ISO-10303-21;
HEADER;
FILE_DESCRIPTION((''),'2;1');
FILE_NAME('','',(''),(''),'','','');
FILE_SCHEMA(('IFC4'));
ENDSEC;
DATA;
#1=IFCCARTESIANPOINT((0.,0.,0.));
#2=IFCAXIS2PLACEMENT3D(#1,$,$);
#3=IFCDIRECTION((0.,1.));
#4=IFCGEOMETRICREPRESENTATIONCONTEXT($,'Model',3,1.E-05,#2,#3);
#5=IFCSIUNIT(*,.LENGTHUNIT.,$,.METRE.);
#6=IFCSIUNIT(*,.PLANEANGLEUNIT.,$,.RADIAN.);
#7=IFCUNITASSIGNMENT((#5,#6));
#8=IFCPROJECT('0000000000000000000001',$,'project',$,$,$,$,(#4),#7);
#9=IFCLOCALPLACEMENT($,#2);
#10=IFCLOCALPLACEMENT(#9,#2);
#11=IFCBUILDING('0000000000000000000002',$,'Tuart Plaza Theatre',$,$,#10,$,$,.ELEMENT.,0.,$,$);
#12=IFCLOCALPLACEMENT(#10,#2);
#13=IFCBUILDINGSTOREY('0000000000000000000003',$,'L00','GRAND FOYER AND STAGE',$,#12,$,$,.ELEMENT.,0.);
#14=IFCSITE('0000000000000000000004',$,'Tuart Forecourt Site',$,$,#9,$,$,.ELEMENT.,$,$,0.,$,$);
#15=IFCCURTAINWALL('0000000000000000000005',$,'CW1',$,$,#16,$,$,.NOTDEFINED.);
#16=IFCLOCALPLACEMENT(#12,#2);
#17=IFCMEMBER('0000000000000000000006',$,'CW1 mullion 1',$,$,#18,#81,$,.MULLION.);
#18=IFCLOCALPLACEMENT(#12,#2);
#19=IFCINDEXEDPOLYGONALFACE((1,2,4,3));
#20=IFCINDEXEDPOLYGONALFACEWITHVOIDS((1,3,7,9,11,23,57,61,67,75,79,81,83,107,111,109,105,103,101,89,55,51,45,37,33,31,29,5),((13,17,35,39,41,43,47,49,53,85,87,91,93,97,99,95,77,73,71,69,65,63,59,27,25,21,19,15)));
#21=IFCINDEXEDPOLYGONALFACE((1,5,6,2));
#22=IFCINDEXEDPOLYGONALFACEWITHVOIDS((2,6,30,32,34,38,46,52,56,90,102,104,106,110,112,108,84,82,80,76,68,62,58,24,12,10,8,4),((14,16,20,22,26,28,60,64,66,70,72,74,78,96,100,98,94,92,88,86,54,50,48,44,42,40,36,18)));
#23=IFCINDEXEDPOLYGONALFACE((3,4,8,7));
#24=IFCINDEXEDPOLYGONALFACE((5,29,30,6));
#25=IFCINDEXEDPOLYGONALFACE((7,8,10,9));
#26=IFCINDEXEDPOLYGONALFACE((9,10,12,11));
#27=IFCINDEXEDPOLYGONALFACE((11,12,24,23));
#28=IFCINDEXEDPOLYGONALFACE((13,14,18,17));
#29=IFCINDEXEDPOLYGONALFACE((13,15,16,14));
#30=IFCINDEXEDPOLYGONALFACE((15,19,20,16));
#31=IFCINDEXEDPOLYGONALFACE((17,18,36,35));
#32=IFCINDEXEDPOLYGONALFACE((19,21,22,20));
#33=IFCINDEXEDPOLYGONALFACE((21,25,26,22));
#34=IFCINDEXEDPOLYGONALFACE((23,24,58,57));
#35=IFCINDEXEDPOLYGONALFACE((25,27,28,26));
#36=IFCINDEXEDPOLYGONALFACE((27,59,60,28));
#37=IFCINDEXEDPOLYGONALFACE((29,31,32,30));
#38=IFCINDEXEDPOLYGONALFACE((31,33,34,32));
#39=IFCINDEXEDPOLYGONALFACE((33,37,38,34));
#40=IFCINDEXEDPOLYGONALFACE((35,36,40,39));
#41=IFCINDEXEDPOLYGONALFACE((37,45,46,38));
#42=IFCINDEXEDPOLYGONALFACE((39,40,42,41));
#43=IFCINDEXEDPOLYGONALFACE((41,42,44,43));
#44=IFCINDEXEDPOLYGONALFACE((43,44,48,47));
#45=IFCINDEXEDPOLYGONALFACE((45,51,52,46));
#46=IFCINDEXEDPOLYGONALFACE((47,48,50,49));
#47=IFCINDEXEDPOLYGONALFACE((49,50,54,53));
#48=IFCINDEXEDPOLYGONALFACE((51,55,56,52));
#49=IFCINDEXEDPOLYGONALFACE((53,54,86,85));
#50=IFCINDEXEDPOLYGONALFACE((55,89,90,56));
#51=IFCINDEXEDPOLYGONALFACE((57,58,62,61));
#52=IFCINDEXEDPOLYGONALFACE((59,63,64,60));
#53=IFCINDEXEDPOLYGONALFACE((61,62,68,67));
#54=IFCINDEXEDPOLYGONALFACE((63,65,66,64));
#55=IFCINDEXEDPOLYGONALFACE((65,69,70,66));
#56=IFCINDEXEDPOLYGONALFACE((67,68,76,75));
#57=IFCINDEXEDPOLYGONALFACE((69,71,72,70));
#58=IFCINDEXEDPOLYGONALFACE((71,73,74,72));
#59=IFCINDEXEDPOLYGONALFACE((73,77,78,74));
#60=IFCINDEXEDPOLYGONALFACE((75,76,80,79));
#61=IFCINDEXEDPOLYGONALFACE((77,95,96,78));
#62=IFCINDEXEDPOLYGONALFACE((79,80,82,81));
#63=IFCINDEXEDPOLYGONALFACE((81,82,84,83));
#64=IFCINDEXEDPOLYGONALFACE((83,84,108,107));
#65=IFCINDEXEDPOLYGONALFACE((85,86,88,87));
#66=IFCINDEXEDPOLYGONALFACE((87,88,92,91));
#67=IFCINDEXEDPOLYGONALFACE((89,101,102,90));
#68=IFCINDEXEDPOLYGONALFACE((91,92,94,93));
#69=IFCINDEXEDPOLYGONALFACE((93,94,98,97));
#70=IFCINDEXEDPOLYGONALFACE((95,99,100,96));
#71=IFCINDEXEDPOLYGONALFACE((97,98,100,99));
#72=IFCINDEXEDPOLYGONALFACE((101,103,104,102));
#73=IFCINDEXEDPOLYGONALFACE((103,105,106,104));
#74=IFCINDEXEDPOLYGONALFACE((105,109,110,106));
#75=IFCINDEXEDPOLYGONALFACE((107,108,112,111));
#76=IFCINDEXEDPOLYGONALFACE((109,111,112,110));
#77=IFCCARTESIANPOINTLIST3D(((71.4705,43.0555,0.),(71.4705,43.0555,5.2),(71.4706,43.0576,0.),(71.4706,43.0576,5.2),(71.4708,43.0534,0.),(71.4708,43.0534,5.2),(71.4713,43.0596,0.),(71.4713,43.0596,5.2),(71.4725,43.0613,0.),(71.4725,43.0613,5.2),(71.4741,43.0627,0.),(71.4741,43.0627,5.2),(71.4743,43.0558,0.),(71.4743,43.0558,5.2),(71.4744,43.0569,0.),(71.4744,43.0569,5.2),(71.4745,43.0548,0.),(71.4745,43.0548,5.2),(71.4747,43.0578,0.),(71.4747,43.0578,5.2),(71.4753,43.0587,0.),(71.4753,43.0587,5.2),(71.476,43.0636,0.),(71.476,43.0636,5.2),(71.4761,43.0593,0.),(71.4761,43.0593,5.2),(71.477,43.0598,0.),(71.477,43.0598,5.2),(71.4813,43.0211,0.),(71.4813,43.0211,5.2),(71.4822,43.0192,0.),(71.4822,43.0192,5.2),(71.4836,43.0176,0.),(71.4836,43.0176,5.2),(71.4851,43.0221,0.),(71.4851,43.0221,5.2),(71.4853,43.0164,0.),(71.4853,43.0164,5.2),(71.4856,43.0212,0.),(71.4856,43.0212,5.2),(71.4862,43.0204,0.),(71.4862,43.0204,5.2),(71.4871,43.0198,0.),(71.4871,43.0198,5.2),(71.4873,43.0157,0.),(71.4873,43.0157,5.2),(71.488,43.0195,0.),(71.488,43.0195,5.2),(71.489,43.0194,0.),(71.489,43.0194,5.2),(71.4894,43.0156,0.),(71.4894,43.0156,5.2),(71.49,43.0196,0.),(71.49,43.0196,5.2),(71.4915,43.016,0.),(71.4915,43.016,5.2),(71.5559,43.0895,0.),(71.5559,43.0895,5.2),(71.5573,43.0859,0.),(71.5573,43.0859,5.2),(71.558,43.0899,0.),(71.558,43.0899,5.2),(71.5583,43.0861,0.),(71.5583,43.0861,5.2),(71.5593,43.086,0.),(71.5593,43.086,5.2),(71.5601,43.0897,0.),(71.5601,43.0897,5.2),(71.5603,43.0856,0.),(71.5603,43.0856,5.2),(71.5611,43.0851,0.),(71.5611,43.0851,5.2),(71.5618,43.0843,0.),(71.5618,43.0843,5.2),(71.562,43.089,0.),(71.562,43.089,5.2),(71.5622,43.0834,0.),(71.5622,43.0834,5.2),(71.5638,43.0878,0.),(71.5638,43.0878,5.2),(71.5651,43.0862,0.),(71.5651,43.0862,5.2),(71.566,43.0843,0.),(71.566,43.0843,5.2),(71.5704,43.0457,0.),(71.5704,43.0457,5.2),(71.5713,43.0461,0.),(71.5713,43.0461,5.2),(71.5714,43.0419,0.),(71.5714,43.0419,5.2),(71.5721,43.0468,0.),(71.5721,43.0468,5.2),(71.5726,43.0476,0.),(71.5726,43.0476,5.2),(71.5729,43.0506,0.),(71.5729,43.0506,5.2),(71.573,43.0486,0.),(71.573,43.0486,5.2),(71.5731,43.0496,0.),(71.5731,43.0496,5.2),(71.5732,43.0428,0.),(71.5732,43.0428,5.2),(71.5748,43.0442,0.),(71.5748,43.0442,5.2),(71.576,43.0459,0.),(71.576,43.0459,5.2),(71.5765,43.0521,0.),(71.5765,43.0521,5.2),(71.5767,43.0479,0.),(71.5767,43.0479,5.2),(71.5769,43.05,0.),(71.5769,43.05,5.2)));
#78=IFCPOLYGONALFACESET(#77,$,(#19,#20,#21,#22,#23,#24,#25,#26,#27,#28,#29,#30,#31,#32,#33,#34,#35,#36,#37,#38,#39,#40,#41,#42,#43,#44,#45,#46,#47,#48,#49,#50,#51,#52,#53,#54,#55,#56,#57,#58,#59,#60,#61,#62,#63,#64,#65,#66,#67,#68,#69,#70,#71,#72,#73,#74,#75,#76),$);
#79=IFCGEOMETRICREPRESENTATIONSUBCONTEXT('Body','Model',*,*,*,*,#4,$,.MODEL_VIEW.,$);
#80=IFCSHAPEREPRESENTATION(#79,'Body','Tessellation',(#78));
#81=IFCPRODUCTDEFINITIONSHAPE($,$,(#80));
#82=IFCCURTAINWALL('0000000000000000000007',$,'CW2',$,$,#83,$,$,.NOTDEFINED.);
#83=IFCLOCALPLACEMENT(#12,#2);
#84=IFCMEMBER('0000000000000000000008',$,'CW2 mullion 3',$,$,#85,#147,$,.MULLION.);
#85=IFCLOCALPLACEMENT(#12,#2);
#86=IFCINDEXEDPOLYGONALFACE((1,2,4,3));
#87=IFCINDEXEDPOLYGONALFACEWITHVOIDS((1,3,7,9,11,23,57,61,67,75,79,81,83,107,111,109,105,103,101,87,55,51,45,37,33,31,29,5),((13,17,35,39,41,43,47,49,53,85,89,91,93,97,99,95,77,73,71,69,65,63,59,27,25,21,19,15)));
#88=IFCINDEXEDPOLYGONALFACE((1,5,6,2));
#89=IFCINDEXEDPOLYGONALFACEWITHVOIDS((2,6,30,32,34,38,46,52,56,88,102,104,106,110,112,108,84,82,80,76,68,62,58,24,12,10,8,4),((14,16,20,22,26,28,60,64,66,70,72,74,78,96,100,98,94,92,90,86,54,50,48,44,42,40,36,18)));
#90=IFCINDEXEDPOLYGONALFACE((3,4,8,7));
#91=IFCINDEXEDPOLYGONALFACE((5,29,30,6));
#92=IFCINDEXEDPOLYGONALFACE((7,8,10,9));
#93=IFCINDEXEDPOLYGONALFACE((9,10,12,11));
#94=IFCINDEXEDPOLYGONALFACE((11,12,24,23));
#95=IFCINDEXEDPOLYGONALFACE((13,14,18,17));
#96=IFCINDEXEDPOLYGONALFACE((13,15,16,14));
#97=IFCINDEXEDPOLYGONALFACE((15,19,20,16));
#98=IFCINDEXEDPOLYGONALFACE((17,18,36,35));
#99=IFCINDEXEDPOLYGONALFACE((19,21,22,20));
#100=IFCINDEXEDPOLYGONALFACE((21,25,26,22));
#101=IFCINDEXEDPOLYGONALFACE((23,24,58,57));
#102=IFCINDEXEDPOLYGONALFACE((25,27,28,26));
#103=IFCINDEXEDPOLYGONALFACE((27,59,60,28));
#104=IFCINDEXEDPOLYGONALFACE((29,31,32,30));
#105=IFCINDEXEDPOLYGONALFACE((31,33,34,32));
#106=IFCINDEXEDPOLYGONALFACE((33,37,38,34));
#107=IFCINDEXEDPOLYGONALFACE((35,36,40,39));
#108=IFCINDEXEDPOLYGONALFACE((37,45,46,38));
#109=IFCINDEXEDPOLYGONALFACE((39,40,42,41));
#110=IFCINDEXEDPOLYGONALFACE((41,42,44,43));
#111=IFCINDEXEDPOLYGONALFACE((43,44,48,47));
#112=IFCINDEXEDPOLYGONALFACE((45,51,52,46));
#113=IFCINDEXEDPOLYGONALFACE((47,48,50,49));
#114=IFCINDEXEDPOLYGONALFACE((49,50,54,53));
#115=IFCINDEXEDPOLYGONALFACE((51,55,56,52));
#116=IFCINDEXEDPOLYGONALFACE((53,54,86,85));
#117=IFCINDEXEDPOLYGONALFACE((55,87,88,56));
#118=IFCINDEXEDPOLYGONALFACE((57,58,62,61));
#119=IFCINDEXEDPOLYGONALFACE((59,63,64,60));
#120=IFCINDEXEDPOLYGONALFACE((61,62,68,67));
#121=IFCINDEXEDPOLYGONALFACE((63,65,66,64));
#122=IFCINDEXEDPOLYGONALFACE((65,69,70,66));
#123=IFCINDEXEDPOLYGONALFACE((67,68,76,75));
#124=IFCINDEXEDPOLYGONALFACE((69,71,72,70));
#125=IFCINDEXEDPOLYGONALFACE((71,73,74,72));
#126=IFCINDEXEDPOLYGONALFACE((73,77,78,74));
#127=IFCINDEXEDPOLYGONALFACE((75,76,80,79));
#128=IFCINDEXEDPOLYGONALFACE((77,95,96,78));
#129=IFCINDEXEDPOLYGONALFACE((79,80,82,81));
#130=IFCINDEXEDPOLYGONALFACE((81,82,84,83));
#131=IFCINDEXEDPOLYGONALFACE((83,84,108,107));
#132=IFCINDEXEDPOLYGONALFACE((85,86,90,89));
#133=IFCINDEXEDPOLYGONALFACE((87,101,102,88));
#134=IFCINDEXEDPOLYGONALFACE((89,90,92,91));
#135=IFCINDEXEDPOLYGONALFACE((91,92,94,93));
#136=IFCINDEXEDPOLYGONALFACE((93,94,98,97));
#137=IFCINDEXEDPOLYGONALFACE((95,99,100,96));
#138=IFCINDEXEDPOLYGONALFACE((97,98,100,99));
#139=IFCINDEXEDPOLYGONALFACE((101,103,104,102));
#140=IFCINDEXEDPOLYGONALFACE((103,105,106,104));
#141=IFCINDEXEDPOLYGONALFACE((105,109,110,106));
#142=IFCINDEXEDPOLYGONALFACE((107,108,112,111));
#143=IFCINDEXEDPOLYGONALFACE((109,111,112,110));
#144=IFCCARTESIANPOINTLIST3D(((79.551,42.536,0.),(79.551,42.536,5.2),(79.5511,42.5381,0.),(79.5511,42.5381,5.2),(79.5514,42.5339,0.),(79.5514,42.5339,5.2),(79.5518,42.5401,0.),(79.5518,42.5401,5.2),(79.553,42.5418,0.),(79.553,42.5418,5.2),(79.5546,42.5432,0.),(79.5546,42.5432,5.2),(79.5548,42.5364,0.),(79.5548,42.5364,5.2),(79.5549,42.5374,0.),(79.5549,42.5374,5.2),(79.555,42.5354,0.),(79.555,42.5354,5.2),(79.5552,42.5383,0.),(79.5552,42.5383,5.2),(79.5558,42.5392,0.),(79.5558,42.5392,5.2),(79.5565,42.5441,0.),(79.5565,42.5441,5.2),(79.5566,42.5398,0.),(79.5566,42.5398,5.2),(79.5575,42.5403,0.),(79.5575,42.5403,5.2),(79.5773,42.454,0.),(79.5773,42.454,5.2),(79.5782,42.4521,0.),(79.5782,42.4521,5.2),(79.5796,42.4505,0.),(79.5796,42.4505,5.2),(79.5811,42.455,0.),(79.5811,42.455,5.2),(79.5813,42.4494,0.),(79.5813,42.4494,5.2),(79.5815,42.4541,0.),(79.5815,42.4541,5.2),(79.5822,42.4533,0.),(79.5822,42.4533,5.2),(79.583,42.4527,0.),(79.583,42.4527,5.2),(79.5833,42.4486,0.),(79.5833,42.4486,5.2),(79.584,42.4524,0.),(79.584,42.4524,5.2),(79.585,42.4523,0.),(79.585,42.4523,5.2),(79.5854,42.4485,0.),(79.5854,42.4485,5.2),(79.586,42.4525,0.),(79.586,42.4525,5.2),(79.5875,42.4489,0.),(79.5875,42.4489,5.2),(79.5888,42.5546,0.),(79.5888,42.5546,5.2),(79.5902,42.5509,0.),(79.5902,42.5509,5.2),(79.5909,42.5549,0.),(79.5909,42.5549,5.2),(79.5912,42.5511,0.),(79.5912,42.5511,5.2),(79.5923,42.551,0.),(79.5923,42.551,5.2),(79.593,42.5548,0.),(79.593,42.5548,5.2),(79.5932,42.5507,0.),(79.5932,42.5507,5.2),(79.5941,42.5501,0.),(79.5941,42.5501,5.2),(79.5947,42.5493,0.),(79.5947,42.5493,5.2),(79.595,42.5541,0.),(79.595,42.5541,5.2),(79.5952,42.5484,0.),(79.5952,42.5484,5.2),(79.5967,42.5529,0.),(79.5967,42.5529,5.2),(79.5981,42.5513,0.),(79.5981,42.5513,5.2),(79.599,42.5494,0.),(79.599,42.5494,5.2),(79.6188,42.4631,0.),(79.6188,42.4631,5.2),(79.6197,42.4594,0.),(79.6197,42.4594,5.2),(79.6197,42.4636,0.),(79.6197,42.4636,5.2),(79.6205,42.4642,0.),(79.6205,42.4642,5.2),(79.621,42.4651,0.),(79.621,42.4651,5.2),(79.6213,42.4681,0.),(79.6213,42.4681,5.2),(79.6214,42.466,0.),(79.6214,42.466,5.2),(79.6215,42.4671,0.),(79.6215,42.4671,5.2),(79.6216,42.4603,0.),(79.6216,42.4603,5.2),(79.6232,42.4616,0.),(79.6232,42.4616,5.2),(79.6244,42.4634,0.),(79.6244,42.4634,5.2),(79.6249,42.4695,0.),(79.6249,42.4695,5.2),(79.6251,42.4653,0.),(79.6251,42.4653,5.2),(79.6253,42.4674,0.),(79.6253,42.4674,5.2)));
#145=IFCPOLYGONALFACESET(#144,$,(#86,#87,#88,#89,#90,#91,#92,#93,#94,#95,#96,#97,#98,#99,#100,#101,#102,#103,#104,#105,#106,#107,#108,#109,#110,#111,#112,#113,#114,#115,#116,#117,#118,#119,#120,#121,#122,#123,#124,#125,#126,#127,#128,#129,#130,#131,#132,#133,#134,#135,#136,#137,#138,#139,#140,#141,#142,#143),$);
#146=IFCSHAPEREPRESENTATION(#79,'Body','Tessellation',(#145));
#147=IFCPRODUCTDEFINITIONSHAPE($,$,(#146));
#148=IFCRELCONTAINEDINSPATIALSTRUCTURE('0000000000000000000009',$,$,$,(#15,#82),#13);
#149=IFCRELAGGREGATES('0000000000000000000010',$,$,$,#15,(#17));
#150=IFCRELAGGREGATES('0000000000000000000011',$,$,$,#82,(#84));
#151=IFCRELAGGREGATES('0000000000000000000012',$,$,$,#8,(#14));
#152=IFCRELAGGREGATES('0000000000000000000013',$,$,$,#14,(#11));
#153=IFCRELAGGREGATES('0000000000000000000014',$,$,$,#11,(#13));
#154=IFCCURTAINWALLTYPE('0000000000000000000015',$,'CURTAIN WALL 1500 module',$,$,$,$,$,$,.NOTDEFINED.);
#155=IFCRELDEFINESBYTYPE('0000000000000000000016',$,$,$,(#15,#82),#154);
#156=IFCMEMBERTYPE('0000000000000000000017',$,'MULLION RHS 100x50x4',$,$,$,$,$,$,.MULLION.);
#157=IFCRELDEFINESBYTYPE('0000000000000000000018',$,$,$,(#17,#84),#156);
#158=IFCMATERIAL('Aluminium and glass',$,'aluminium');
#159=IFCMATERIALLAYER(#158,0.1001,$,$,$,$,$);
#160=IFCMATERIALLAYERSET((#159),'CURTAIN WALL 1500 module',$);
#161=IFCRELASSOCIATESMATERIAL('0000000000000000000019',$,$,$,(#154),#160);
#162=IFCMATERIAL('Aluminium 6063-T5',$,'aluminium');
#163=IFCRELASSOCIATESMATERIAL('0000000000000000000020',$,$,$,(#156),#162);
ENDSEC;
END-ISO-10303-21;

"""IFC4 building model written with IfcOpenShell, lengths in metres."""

from ifc_helpers import new_model, si_unit, direction, frame, origin, origin_2d, place, context, subcontext, project, spatial, hollow_rectangle, extrude, material, layer, layer_set, material_profile, profile_set, type_object, element, aggregate, save


model = new_model("IFC4")

# Units and contexts
model_context = context("Model", 3, precision=1e-05, world=origin(), true_north=direction((0.0, 1.0)))
body_context = subcontext(model_context, "Body", "Model", "MODEL_VIEW")
ifc_project = project(units=[si_unit("LENGTHUNIT", "METRE"), si_unit("PLANEANGLEUNIT", "RADIAN")], contexts=[model_context])

# Site, building, storey
site_placement = place(None, origin())
site = spatial("IfcSite", under=ifc_project, at=site_placement, Name="Tuart Forecourt Site", CompositionType="ELEMENT", RefElevation=0.0)
building_placement = place(site_placement, origin())
building = spatial("IfcBuilding", under=site, at=building_placement, Name="Tuart Plaza Theatre", CompositionType="ELEMENT", ElevationOfRefHeight=0.0)
storey_placement = place(building_placement, origin())
storey = spatial("IfcBuildingStorey", under=building, at=storey_placement, Name="L00", Description="GRAND FOYER AND STAGE", CompositionType="ELEMENT", Elevation=0.0)

# Curtain walls, members
ifc_material_1 = material(Name="Aluminium and glass", Category="aluminium")
ifc_layer_1 = layer(ifc_material_1, 0.1001)
ifc_layer_set_1 = layer_set([ifc_layer_1], Name="CURTAIN WALL 1500 module")
curtain_wall_type = type_object("IfcCurtainWallType", Name="CURTAIN WALL 1500 module", PredefinedType="NOTDEFINED", material=ifc_layer_set_1)
curtain_wall_1_placement = place(storey_placement, origin())
curtain_wall_1 = element("IfcCurtainWall", 1, at=curtain_wall_1_placement, inside=storey, type_object=curtain_wall_type, Name="CW1", PredefinedType="NOTDEFINED")
ifc_material_2 = material(Name="Aluminium 6063-T5", Category="aluminium")
ifc_material_profile_1 = material_profile(ifc_material_2, hollow_rectangle(XDim=0.05, YDim=0.1001, WallThickness=0.0039, InnerFilletRadius=0.0039, OuterFilletRadius=0.0081, at=origin_2d()), Name="RHS 100x50x4")
ifc_profile_set_1 = profile_set([ifc_material_profile_1], Name="Aluminium 6063-T5")
member_type_1 = type_object("IfcMemberType", Name="MULLION RHS 100x50x4", PredefinedType="MULLION", material=ifc_profile_set_1)
member_1_placement = place(storey_placement, frame((71.5237, 43.0527, 0.0), z_axis=(0.0, 0.0, 1.0), x_axis=(-0.308986, 0.951067, 0.0)))
member_1 = element("IfcMember", 2, at=member_1_placement, type_object=member_type_1, Name="CW1 mullion 1", PredefinedType="MULLION", context=body_context, shape_type="SweptSolid", body=[
    extrude(hollow_rectangle(XDim=0.05, YDim=0.1001, WallThickness=0.0039, InnerFilletRadius=0.0039, OuterFilletRadius=0.0081, at=origin_2d()), origin(), (0.0, 0.0, 1.0), 5.2),
])
curtain_wall_2_placement = place(storey_placement, origin())
curtain_wall_2 = element("IfcCurtainWall", 3, at=curtain_wall_2_placement, inside=storey, type_object=curtain_wall_type, Name="CW2", PredefinedType="NOTDEFINED")
member_2_placement = place(storey_placement, frame((79.5881, 42.5017, 0.0), z_axis=(0.0, 0.0, 1.0), x_axis=(0.951056, 0.309018, 0.0)))
member_2 = element("IfcMember", 4, at=member_2_placement, type_object=member_type_1, Name="CW2 mullion 3", PredefinedType="MULLION", context=body_context, shape_type="SweptSolid", body=[
    extrude(hollow_rectangle(XDim=0.05, YDim=0.1001, WallThickness=0.0039, InnerFilletRadius=0.0039, OuterFilletRadius=0.0081, at=origin_2d()), origin(), (0.0, 0.0, 1.0), 5.2),
])

aggregate(curtain_wall_1, [member_1])
aggregate(curtain_wall_2, [member_2])

save(model, "model.ifc")
